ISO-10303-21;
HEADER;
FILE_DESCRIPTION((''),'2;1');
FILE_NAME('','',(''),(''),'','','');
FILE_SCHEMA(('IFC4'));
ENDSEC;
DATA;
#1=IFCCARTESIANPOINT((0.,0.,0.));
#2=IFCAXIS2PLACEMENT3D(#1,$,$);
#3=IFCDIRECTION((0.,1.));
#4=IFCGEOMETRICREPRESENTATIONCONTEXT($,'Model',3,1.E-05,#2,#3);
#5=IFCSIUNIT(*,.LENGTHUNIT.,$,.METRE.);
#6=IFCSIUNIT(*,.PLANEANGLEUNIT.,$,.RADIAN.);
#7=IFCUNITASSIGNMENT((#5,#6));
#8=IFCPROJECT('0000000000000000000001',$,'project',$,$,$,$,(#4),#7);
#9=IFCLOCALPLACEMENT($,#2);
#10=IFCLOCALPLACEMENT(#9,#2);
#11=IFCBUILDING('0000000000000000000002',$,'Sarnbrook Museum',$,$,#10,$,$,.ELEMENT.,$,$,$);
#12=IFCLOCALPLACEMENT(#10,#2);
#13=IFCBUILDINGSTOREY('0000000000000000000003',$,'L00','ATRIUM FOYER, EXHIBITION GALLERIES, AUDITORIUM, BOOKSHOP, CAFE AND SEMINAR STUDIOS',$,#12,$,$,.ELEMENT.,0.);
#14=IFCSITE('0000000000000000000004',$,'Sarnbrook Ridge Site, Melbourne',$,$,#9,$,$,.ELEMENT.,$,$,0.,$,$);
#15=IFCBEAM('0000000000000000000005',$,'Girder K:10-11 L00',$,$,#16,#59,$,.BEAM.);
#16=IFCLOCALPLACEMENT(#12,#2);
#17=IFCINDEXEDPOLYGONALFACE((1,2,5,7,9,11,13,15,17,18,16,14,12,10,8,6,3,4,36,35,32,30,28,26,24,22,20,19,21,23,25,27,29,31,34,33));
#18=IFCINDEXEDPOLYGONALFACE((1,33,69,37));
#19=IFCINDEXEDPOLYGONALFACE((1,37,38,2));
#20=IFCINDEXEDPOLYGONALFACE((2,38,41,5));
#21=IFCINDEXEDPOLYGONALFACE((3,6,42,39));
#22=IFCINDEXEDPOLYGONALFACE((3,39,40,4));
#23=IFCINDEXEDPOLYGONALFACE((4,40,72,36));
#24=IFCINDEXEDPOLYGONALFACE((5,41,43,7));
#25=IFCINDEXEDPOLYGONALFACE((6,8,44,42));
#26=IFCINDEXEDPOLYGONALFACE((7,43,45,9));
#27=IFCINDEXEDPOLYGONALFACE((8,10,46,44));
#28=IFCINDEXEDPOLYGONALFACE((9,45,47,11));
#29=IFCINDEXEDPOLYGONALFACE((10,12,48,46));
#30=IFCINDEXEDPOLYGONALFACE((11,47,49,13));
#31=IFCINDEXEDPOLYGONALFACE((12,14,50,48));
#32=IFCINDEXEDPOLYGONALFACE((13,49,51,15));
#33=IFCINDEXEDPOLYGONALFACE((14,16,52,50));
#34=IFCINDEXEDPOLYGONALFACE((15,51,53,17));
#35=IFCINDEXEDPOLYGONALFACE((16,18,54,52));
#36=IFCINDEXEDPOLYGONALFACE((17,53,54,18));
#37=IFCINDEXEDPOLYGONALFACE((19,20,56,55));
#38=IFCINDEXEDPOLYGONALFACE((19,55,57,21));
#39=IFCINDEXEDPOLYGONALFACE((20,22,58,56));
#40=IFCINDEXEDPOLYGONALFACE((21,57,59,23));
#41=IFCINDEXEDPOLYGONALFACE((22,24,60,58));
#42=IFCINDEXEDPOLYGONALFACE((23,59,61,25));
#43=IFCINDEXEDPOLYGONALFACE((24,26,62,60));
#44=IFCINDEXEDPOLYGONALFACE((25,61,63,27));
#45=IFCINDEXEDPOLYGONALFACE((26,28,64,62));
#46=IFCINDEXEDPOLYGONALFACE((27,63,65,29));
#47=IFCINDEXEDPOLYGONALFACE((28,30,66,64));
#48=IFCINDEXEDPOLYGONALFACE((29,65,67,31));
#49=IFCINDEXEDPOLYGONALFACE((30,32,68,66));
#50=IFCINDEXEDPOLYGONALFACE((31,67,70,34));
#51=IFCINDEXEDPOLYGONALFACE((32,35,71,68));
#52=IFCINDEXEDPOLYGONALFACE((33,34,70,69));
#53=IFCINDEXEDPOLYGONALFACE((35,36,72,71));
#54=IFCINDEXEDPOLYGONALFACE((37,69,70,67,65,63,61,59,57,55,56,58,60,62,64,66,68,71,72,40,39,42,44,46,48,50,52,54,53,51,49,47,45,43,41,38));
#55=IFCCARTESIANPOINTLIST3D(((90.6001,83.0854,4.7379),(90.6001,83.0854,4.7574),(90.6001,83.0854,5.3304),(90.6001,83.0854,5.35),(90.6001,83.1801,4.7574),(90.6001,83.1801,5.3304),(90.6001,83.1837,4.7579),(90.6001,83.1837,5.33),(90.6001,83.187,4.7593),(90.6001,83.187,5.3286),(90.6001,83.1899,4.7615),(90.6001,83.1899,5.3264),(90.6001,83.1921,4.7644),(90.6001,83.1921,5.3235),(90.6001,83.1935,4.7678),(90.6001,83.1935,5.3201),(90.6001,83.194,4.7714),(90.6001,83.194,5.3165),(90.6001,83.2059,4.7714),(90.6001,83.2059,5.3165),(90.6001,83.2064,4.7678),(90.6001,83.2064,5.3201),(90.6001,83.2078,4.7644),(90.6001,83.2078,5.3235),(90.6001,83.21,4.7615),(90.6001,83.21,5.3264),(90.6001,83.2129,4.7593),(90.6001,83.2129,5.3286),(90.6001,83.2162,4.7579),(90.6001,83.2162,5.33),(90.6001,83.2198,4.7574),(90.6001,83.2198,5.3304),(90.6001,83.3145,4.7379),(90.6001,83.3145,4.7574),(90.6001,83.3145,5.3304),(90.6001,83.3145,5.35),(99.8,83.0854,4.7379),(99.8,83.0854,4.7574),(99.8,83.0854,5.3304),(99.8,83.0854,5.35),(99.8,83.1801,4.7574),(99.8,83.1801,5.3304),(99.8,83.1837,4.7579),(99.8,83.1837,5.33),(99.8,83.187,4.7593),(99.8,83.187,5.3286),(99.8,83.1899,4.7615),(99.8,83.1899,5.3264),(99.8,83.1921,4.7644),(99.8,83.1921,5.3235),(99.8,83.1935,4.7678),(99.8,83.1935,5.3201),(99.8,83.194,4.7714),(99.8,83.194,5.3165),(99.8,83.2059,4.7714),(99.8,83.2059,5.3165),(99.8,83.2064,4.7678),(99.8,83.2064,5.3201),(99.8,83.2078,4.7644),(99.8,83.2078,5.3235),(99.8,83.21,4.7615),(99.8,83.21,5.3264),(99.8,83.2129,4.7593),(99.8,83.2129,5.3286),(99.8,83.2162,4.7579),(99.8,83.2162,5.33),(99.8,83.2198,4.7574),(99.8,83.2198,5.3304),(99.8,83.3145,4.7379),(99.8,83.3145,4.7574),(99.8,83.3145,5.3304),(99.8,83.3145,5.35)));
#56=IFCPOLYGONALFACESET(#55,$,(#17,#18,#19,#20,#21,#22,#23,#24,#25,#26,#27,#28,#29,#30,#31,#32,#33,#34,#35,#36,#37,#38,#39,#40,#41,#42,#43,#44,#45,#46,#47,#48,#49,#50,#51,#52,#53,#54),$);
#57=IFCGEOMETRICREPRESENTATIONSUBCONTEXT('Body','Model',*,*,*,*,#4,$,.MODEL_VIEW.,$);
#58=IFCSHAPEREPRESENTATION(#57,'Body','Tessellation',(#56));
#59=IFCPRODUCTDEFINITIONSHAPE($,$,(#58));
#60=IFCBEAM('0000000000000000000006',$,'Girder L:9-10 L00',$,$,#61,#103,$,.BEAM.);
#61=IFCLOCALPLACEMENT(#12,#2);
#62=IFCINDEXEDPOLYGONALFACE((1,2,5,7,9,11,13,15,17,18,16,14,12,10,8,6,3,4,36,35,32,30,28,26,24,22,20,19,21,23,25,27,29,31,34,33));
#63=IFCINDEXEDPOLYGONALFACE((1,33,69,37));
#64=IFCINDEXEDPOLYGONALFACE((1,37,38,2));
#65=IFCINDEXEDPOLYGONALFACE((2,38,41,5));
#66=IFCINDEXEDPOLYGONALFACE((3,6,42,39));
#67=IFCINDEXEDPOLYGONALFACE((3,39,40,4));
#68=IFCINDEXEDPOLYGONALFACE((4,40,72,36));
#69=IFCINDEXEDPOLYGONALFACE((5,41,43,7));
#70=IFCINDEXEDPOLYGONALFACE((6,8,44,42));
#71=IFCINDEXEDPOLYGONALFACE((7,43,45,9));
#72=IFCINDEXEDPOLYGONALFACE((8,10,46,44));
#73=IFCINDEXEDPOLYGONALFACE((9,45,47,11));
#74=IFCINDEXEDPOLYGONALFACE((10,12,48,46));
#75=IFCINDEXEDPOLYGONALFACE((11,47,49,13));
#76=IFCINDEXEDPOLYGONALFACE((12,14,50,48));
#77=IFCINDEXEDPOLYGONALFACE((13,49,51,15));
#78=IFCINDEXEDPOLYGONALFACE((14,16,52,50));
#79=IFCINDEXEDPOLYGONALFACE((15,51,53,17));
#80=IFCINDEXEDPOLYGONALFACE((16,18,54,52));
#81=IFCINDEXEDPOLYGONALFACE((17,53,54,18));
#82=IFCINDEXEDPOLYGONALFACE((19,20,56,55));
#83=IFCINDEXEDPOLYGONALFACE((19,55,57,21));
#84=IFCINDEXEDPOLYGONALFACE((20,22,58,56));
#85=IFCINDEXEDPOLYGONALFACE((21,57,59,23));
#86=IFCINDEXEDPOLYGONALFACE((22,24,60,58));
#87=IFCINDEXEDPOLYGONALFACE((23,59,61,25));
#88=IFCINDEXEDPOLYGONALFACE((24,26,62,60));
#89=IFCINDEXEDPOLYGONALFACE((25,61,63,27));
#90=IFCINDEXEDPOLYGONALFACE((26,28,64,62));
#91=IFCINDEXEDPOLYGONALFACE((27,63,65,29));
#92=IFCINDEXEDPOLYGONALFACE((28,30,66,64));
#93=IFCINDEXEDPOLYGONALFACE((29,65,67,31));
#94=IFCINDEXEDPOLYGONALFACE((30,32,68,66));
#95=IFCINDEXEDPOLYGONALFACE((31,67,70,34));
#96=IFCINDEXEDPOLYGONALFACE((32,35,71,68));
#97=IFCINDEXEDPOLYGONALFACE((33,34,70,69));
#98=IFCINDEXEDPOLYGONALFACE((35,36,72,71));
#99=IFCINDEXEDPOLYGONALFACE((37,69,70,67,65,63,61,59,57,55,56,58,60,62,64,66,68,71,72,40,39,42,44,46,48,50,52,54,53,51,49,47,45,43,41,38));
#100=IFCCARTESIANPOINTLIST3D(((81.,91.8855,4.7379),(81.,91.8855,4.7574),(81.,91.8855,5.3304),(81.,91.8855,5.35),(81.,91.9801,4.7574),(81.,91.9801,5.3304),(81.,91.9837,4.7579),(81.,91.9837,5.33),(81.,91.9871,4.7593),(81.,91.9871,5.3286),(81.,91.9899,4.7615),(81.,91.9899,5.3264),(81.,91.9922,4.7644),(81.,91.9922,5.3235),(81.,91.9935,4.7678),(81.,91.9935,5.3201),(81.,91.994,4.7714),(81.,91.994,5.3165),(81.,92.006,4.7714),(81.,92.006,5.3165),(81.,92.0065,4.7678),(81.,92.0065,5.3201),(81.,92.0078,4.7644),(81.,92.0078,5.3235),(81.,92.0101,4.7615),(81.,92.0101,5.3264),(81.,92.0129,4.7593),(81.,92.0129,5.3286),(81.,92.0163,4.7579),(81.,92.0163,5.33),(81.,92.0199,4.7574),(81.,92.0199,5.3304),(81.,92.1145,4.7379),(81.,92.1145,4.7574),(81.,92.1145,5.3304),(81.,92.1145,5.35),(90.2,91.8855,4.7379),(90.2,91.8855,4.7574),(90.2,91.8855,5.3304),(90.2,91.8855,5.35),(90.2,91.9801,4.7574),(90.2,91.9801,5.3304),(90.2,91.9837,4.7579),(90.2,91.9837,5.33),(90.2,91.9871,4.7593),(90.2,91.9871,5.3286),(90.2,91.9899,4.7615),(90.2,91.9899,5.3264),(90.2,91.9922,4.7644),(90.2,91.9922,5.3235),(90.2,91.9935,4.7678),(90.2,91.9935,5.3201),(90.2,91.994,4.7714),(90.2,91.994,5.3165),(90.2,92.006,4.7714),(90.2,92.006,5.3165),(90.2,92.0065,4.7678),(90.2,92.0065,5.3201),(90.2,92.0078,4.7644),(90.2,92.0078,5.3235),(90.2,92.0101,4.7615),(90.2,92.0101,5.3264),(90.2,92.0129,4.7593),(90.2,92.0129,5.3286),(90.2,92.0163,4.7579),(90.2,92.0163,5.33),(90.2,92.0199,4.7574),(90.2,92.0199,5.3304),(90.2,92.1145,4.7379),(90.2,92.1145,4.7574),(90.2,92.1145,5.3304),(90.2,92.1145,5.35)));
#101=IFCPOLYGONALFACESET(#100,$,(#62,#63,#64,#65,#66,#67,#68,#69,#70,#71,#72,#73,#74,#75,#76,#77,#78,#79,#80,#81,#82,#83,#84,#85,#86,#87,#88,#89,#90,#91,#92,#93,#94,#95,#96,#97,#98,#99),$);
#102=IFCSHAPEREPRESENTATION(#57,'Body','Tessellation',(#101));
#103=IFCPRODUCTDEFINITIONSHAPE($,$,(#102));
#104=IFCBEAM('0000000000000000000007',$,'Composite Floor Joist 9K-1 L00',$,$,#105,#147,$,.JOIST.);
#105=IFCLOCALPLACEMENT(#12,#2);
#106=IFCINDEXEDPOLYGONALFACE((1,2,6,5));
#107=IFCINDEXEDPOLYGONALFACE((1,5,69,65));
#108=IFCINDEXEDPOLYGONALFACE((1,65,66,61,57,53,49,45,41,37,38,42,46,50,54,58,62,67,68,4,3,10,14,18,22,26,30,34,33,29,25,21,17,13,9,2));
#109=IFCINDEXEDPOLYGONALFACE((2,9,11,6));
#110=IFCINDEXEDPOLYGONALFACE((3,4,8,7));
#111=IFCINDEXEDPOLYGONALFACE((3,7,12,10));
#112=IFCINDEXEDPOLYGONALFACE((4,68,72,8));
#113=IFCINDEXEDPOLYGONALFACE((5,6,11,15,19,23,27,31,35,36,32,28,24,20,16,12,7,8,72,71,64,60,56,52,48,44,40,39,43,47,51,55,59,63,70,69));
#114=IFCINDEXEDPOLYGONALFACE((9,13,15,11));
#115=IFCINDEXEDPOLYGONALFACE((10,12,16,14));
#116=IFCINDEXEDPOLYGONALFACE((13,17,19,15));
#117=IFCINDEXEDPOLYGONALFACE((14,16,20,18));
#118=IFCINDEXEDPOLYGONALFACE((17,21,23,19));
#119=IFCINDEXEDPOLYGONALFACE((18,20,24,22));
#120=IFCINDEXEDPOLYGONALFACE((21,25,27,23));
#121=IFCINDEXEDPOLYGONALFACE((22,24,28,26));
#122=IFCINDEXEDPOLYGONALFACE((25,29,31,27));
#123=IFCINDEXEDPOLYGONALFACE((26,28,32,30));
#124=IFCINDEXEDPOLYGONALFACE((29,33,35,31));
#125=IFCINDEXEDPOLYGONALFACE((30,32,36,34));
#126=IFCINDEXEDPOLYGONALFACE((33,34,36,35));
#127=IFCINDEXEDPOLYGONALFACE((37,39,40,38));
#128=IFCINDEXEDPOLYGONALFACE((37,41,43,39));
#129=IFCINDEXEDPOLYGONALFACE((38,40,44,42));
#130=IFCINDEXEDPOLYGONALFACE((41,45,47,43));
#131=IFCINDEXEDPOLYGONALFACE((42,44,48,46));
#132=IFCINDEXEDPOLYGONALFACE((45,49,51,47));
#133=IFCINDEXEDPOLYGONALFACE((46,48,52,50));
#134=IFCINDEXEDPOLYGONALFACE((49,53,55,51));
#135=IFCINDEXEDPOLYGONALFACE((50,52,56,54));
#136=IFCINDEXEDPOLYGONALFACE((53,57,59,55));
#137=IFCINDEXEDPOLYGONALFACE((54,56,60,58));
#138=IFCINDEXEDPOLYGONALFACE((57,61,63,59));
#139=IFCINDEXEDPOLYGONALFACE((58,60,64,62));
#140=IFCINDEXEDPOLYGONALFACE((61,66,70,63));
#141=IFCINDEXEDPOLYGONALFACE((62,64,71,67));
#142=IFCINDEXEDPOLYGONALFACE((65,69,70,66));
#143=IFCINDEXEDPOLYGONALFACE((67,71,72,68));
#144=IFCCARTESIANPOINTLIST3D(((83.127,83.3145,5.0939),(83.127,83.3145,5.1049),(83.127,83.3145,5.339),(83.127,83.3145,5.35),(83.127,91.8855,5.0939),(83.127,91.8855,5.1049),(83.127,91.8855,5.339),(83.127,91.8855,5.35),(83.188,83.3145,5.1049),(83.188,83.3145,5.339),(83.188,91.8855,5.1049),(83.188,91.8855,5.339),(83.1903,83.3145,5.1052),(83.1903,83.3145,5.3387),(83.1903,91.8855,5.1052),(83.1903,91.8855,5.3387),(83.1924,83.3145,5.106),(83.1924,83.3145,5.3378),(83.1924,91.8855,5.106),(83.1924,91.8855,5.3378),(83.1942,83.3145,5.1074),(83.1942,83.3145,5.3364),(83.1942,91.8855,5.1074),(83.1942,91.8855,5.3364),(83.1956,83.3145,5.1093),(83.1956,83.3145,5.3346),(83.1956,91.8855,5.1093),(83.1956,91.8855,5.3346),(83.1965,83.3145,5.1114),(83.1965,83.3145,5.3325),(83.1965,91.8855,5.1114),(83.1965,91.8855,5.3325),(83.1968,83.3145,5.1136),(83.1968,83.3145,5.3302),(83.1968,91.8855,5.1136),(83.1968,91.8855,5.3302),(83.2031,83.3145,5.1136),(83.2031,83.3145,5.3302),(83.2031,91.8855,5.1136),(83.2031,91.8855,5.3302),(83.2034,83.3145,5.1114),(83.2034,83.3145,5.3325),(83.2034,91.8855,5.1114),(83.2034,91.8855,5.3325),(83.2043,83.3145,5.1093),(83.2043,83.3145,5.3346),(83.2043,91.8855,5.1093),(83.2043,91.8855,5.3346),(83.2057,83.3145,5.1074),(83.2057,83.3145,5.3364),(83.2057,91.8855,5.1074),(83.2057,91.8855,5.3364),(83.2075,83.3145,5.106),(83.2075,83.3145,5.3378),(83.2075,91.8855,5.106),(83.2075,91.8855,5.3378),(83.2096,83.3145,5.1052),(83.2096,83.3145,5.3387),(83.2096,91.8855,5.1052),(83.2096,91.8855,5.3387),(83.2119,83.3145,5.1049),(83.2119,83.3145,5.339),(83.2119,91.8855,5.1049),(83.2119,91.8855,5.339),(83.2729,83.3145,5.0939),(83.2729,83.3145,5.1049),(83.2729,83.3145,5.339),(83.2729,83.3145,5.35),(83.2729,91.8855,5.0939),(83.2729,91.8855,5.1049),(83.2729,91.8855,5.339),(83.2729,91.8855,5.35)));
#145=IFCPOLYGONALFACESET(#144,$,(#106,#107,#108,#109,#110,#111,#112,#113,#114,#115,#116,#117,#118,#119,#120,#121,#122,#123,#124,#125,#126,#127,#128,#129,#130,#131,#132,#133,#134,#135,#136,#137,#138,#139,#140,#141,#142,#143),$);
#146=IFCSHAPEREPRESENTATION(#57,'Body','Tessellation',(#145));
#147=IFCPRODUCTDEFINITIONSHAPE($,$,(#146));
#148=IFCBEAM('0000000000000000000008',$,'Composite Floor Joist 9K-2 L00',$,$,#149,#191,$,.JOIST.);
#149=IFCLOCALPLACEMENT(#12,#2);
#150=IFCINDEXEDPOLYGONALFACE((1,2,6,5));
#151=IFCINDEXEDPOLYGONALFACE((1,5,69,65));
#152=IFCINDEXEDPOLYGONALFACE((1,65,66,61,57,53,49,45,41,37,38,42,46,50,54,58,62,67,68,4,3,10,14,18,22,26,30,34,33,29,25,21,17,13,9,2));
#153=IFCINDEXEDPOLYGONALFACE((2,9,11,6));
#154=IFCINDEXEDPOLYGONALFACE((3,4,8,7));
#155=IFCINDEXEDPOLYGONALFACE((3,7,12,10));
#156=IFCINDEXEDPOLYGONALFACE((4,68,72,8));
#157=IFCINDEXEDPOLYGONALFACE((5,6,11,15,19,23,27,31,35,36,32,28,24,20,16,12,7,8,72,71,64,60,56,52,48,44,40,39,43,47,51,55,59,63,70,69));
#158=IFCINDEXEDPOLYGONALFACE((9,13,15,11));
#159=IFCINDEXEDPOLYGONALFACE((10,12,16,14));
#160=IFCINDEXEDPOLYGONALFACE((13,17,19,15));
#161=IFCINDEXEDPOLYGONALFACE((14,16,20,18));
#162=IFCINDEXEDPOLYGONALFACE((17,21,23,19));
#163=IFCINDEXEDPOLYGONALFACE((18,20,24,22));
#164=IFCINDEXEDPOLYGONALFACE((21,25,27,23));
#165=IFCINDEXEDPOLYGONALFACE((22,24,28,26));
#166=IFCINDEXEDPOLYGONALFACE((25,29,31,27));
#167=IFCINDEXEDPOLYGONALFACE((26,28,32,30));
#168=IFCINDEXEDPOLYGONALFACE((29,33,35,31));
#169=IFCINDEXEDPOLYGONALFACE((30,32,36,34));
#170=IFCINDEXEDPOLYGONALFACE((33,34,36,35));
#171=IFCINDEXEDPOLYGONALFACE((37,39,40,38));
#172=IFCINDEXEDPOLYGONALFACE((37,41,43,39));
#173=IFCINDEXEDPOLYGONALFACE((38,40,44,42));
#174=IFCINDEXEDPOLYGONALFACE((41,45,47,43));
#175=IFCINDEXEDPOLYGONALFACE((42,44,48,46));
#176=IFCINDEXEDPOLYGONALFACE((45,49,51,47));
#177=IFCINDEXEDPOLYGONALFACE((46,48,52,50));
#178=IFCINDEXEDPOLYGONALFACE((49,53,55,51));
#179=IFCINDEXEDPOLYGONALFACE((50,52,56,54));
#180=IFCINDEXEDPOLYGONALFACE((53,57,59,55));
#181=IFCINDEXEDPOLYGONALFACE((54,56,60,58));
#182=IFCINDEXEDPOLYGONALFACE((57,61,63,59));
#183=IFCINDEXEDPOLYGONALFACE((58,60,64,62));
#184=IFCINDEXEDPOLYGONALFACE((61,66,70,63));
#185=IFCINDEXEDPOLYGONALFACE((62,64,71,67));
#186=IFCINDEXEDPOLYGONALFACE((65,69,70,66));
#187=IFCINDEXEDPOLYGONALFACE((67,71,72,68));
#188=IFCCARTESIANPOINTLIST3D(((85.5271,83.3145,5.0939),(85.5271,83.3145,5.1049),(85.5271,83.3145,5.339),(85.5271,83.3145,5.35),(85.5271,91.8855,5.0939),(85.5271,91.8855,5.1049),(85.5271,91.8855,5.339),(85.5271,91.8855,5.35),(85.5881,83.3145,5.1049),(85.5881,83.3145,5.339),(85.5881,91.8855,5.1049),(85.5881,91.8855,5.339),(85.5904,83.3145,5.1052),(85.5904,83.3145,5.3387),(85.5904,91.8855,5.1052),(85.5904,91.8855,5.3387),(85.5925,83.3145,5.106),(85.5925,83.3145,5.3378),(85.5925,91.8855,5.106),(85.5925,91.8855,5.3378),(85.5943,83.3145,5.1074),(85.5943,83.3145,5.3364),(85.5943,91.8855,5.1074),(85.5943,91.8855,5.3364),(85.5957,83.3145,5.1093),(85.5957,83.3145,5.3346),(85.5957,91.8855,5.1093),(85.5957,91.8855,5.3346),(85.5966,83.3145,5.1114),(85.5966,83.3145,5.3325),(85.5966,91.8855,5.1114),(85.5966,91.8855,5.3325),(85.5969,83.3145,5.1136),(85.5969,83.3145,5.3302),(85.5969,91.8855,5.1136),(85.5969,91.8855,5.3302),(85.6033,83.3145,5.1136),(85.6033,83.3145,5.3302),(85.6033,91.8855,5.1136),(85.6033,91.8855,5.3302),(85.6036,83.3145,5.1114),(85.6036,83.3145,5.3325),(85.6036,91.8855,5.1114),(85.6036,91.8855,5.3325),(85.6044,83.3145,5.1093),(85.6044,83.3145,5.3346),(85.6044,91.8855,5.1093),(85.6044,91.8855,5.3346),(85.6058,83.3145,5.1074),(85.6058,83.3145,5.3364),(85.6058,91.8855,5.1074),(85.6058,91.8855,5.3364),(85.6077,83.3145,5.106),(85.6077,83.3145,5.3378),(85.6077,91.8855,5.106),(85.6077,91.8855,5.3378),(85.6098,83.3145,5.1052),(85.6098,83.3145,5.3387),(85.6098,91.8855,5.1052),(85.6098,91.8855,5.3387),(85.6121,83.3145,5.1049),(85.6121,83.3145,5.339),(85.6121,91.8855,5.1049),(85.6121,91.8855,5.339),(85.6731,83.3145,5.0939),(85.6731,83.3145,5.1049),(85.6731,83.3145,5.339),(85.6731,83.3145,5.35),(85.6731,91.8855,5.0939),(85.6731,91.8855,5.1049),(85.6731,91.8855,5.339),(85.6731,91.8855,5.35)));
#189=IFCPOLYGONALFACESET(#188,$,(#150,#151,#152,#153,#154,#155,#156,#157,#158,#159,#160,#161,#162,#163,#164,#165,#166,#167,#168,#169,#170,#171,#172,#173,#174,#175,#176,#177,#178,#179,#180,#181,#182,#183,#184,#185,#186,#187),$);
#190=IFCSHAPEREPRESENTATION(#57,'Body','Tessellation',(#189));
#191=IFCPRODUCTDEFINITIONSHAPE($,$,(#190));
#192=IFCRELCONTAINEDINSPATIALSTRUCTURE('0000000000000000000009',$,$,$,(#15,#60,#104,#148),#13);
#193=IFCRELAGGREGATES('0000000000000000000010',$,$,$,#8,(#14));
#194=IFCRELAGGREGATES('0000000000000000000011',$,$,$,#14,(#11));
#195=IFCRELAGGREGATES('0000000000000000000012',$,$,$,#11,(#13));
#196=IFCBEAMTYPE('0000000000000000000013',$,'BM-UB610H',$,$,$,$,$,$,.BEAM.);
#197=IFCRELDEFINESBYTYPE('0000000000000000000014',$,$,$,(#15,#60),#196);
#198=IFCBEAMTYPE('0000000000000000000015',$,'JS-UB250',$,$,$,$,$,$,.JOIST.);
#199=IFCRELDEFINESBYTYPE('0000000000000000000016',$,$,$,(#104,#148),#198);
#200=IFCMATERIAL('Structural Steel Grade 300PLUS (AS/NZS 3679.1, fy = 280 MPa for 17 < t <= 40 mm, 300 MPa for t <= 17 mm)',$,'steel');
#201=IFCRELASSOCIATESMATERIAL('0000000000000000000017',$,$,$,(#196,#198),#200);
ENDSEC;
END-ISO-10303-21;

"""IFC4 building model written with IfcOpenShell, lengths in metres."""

from ifc_helpers import new_model, si_unit, direction, frame, origin, origin_2d, place, context, subcontext, project, spatial, i_section, extrude, material, material_profile, profile_set, type_object, element, save


model = new_model("IFC4")

# Units and contexts
model_context = context("Model", 3, precision=1e-05, world=origin(), true_north=direction((0.0, 1.0)))
body_context = subcontext(model_context, "Body", "Model", "MODEL_VIEW")
ifc_project = project(units=[si_unit("LENGTHUNIT", "METRE"), si_unit("PLANEANGLEUNIT", "RADIAN")], contexts=[model_context])

# Site, building, storey
site_placement = place(None, origin())
site = spatial("IfcSite", under=ifc_project, at=site_placement, Name="Sarnbrook Ridge Site, Melbourne", CompositionType="ELEMENT", RefElevation=0.0)
building_placement = place(site_placement, origin())
building = spatial("IfcBuilding", under=site, at=building_placement, Name="Sarnbrook Museum", CompositionType="ELEMENT")
storey_placement = place(building_placement, origin())
storey = spatial("IfcBuildingStorey", under=building, at=storey_placement, Name="L00", Description="ATRIUM FOYER, EXHIBITION GALLERIES, AUDITORIUM, BOOKSHOP, CAFE AND SEMINAR STUDIOS", CompositionType="ELEMENT", Elevation=0.0)

# Beams
ifc_material_1 = material(Name="Structural Steel Grade 300PLUS (AS/NZS 3679.1, fy = 280 MPa for 17 < t <= 40 mm, 300 MPa for t <= 17 mm)", Category="steel")
ifc_material_profile_1 = material_profile(ifc_material_1, i_section(OverallWidth=0.229, OverallDepth=0.6121, WebThickness=0.012, FlangeThickness=0.0195, FilletRadius=0.0139, at=origin_2d()), Name="610UB125")
ifc_profile_set_1 = profile_set([ifc_material_profile_1], Name="Structural Steel Grade 300PLUS (AS/NZS 3679.1, fy = 280 MPa for 17 < t <= 40 mm, 300 MPa for t <= 17 mm)")
beam_type_1 = type_object("IfcBeamType", Name="BM-UB610H", PredefinedType="BEAM", material=ifc_profile_set_1)
for number, where, z_axis, x_axis, name in (
    (1, (90.6001, 83.2, 5.0439), (1.0, 0.0, 0.0), (0.0, 1.0, 0.0), "Girder K:10-11 L00"),
    (2, (81.0, 92.0, 5.0439), (1.0, 0.0, 0.0), (0.0, 1.0, 0.0), "Girder L:9-10 L00"),
):
    element("IfcBeam", number, at=place(storey_placement, frame(where, z_axis=z_axis, x_axis=x_axis)), inside=storey, type_object=beam_type_1, Name=name, PredefinedType="BEAM", context=body_context, shape_type="SweptSolid", body=[
        extrude(i_section(OverallWidth=0.229, OverallDepth=0.6121, WebThickness=0.012, FlangeThickness=0.0195, FilletRadius=0.0139, at=origin_2d()), origin(), (0.0, 0.0, 1.0), 9.2),
    ])
ifc_material_profile_2 = material_profile(ifc_material_1, i_section(OverallWidth=0.146, OverallDepth=0.2561, WebThickness=0.0063, FlangeThickness=0.011, FilletRadius=0.0088, at=origin_2d()), Name="250UB37.3")
ifc_profile_set_2 = profile_set([ifc_material_profile_2], Name="Structural Steel Grade 300PLUS (AS/NZS 3679.1, fy = 280 MPa for 17 < t <= 40 mm, 300 MPa for t <= 17 mm)")
beam_type_2 = type_object("IfcBeamType", Name="JS-UB250", PredefinedType="JOIST", material=ifc_profile_set_2)
for number, where, z_axis, x_axis, name in (
    (3, (83.2, 83.3145, 5.2219), (0.0, 1.0, 0.0), (-1.0, 0.0, 0.0), "Composite Floor Joist 9K-1 L00"),
    (4, (85.6001, 83.3145, 5.2219), (0.0, 1.0, 0.0), (-1.0, 0.0, 0.0), "Composite Floor Joist 9K-2 L00"),
):
    element("IfcBeam", number, at=place(storey_placement, frame(where, z_axis=z_axis, x_axis=x_axis)), inside=storey, type_object=beam_type_2, Name=name, PredefinedType="JOIST", context=body_context, shape_type="SweptSolid", body=[
        extrude(i_section(OverallWidth=0.146, OverallDepth=0.2561, WebThickness=0.0063, FlangeThickness=0.011, FilletRadius=0.0088, at=origin_2d()), origin(), (0.0, 0.0, 1.0), 8.571),
    ])

save(model, "model.ifc")
